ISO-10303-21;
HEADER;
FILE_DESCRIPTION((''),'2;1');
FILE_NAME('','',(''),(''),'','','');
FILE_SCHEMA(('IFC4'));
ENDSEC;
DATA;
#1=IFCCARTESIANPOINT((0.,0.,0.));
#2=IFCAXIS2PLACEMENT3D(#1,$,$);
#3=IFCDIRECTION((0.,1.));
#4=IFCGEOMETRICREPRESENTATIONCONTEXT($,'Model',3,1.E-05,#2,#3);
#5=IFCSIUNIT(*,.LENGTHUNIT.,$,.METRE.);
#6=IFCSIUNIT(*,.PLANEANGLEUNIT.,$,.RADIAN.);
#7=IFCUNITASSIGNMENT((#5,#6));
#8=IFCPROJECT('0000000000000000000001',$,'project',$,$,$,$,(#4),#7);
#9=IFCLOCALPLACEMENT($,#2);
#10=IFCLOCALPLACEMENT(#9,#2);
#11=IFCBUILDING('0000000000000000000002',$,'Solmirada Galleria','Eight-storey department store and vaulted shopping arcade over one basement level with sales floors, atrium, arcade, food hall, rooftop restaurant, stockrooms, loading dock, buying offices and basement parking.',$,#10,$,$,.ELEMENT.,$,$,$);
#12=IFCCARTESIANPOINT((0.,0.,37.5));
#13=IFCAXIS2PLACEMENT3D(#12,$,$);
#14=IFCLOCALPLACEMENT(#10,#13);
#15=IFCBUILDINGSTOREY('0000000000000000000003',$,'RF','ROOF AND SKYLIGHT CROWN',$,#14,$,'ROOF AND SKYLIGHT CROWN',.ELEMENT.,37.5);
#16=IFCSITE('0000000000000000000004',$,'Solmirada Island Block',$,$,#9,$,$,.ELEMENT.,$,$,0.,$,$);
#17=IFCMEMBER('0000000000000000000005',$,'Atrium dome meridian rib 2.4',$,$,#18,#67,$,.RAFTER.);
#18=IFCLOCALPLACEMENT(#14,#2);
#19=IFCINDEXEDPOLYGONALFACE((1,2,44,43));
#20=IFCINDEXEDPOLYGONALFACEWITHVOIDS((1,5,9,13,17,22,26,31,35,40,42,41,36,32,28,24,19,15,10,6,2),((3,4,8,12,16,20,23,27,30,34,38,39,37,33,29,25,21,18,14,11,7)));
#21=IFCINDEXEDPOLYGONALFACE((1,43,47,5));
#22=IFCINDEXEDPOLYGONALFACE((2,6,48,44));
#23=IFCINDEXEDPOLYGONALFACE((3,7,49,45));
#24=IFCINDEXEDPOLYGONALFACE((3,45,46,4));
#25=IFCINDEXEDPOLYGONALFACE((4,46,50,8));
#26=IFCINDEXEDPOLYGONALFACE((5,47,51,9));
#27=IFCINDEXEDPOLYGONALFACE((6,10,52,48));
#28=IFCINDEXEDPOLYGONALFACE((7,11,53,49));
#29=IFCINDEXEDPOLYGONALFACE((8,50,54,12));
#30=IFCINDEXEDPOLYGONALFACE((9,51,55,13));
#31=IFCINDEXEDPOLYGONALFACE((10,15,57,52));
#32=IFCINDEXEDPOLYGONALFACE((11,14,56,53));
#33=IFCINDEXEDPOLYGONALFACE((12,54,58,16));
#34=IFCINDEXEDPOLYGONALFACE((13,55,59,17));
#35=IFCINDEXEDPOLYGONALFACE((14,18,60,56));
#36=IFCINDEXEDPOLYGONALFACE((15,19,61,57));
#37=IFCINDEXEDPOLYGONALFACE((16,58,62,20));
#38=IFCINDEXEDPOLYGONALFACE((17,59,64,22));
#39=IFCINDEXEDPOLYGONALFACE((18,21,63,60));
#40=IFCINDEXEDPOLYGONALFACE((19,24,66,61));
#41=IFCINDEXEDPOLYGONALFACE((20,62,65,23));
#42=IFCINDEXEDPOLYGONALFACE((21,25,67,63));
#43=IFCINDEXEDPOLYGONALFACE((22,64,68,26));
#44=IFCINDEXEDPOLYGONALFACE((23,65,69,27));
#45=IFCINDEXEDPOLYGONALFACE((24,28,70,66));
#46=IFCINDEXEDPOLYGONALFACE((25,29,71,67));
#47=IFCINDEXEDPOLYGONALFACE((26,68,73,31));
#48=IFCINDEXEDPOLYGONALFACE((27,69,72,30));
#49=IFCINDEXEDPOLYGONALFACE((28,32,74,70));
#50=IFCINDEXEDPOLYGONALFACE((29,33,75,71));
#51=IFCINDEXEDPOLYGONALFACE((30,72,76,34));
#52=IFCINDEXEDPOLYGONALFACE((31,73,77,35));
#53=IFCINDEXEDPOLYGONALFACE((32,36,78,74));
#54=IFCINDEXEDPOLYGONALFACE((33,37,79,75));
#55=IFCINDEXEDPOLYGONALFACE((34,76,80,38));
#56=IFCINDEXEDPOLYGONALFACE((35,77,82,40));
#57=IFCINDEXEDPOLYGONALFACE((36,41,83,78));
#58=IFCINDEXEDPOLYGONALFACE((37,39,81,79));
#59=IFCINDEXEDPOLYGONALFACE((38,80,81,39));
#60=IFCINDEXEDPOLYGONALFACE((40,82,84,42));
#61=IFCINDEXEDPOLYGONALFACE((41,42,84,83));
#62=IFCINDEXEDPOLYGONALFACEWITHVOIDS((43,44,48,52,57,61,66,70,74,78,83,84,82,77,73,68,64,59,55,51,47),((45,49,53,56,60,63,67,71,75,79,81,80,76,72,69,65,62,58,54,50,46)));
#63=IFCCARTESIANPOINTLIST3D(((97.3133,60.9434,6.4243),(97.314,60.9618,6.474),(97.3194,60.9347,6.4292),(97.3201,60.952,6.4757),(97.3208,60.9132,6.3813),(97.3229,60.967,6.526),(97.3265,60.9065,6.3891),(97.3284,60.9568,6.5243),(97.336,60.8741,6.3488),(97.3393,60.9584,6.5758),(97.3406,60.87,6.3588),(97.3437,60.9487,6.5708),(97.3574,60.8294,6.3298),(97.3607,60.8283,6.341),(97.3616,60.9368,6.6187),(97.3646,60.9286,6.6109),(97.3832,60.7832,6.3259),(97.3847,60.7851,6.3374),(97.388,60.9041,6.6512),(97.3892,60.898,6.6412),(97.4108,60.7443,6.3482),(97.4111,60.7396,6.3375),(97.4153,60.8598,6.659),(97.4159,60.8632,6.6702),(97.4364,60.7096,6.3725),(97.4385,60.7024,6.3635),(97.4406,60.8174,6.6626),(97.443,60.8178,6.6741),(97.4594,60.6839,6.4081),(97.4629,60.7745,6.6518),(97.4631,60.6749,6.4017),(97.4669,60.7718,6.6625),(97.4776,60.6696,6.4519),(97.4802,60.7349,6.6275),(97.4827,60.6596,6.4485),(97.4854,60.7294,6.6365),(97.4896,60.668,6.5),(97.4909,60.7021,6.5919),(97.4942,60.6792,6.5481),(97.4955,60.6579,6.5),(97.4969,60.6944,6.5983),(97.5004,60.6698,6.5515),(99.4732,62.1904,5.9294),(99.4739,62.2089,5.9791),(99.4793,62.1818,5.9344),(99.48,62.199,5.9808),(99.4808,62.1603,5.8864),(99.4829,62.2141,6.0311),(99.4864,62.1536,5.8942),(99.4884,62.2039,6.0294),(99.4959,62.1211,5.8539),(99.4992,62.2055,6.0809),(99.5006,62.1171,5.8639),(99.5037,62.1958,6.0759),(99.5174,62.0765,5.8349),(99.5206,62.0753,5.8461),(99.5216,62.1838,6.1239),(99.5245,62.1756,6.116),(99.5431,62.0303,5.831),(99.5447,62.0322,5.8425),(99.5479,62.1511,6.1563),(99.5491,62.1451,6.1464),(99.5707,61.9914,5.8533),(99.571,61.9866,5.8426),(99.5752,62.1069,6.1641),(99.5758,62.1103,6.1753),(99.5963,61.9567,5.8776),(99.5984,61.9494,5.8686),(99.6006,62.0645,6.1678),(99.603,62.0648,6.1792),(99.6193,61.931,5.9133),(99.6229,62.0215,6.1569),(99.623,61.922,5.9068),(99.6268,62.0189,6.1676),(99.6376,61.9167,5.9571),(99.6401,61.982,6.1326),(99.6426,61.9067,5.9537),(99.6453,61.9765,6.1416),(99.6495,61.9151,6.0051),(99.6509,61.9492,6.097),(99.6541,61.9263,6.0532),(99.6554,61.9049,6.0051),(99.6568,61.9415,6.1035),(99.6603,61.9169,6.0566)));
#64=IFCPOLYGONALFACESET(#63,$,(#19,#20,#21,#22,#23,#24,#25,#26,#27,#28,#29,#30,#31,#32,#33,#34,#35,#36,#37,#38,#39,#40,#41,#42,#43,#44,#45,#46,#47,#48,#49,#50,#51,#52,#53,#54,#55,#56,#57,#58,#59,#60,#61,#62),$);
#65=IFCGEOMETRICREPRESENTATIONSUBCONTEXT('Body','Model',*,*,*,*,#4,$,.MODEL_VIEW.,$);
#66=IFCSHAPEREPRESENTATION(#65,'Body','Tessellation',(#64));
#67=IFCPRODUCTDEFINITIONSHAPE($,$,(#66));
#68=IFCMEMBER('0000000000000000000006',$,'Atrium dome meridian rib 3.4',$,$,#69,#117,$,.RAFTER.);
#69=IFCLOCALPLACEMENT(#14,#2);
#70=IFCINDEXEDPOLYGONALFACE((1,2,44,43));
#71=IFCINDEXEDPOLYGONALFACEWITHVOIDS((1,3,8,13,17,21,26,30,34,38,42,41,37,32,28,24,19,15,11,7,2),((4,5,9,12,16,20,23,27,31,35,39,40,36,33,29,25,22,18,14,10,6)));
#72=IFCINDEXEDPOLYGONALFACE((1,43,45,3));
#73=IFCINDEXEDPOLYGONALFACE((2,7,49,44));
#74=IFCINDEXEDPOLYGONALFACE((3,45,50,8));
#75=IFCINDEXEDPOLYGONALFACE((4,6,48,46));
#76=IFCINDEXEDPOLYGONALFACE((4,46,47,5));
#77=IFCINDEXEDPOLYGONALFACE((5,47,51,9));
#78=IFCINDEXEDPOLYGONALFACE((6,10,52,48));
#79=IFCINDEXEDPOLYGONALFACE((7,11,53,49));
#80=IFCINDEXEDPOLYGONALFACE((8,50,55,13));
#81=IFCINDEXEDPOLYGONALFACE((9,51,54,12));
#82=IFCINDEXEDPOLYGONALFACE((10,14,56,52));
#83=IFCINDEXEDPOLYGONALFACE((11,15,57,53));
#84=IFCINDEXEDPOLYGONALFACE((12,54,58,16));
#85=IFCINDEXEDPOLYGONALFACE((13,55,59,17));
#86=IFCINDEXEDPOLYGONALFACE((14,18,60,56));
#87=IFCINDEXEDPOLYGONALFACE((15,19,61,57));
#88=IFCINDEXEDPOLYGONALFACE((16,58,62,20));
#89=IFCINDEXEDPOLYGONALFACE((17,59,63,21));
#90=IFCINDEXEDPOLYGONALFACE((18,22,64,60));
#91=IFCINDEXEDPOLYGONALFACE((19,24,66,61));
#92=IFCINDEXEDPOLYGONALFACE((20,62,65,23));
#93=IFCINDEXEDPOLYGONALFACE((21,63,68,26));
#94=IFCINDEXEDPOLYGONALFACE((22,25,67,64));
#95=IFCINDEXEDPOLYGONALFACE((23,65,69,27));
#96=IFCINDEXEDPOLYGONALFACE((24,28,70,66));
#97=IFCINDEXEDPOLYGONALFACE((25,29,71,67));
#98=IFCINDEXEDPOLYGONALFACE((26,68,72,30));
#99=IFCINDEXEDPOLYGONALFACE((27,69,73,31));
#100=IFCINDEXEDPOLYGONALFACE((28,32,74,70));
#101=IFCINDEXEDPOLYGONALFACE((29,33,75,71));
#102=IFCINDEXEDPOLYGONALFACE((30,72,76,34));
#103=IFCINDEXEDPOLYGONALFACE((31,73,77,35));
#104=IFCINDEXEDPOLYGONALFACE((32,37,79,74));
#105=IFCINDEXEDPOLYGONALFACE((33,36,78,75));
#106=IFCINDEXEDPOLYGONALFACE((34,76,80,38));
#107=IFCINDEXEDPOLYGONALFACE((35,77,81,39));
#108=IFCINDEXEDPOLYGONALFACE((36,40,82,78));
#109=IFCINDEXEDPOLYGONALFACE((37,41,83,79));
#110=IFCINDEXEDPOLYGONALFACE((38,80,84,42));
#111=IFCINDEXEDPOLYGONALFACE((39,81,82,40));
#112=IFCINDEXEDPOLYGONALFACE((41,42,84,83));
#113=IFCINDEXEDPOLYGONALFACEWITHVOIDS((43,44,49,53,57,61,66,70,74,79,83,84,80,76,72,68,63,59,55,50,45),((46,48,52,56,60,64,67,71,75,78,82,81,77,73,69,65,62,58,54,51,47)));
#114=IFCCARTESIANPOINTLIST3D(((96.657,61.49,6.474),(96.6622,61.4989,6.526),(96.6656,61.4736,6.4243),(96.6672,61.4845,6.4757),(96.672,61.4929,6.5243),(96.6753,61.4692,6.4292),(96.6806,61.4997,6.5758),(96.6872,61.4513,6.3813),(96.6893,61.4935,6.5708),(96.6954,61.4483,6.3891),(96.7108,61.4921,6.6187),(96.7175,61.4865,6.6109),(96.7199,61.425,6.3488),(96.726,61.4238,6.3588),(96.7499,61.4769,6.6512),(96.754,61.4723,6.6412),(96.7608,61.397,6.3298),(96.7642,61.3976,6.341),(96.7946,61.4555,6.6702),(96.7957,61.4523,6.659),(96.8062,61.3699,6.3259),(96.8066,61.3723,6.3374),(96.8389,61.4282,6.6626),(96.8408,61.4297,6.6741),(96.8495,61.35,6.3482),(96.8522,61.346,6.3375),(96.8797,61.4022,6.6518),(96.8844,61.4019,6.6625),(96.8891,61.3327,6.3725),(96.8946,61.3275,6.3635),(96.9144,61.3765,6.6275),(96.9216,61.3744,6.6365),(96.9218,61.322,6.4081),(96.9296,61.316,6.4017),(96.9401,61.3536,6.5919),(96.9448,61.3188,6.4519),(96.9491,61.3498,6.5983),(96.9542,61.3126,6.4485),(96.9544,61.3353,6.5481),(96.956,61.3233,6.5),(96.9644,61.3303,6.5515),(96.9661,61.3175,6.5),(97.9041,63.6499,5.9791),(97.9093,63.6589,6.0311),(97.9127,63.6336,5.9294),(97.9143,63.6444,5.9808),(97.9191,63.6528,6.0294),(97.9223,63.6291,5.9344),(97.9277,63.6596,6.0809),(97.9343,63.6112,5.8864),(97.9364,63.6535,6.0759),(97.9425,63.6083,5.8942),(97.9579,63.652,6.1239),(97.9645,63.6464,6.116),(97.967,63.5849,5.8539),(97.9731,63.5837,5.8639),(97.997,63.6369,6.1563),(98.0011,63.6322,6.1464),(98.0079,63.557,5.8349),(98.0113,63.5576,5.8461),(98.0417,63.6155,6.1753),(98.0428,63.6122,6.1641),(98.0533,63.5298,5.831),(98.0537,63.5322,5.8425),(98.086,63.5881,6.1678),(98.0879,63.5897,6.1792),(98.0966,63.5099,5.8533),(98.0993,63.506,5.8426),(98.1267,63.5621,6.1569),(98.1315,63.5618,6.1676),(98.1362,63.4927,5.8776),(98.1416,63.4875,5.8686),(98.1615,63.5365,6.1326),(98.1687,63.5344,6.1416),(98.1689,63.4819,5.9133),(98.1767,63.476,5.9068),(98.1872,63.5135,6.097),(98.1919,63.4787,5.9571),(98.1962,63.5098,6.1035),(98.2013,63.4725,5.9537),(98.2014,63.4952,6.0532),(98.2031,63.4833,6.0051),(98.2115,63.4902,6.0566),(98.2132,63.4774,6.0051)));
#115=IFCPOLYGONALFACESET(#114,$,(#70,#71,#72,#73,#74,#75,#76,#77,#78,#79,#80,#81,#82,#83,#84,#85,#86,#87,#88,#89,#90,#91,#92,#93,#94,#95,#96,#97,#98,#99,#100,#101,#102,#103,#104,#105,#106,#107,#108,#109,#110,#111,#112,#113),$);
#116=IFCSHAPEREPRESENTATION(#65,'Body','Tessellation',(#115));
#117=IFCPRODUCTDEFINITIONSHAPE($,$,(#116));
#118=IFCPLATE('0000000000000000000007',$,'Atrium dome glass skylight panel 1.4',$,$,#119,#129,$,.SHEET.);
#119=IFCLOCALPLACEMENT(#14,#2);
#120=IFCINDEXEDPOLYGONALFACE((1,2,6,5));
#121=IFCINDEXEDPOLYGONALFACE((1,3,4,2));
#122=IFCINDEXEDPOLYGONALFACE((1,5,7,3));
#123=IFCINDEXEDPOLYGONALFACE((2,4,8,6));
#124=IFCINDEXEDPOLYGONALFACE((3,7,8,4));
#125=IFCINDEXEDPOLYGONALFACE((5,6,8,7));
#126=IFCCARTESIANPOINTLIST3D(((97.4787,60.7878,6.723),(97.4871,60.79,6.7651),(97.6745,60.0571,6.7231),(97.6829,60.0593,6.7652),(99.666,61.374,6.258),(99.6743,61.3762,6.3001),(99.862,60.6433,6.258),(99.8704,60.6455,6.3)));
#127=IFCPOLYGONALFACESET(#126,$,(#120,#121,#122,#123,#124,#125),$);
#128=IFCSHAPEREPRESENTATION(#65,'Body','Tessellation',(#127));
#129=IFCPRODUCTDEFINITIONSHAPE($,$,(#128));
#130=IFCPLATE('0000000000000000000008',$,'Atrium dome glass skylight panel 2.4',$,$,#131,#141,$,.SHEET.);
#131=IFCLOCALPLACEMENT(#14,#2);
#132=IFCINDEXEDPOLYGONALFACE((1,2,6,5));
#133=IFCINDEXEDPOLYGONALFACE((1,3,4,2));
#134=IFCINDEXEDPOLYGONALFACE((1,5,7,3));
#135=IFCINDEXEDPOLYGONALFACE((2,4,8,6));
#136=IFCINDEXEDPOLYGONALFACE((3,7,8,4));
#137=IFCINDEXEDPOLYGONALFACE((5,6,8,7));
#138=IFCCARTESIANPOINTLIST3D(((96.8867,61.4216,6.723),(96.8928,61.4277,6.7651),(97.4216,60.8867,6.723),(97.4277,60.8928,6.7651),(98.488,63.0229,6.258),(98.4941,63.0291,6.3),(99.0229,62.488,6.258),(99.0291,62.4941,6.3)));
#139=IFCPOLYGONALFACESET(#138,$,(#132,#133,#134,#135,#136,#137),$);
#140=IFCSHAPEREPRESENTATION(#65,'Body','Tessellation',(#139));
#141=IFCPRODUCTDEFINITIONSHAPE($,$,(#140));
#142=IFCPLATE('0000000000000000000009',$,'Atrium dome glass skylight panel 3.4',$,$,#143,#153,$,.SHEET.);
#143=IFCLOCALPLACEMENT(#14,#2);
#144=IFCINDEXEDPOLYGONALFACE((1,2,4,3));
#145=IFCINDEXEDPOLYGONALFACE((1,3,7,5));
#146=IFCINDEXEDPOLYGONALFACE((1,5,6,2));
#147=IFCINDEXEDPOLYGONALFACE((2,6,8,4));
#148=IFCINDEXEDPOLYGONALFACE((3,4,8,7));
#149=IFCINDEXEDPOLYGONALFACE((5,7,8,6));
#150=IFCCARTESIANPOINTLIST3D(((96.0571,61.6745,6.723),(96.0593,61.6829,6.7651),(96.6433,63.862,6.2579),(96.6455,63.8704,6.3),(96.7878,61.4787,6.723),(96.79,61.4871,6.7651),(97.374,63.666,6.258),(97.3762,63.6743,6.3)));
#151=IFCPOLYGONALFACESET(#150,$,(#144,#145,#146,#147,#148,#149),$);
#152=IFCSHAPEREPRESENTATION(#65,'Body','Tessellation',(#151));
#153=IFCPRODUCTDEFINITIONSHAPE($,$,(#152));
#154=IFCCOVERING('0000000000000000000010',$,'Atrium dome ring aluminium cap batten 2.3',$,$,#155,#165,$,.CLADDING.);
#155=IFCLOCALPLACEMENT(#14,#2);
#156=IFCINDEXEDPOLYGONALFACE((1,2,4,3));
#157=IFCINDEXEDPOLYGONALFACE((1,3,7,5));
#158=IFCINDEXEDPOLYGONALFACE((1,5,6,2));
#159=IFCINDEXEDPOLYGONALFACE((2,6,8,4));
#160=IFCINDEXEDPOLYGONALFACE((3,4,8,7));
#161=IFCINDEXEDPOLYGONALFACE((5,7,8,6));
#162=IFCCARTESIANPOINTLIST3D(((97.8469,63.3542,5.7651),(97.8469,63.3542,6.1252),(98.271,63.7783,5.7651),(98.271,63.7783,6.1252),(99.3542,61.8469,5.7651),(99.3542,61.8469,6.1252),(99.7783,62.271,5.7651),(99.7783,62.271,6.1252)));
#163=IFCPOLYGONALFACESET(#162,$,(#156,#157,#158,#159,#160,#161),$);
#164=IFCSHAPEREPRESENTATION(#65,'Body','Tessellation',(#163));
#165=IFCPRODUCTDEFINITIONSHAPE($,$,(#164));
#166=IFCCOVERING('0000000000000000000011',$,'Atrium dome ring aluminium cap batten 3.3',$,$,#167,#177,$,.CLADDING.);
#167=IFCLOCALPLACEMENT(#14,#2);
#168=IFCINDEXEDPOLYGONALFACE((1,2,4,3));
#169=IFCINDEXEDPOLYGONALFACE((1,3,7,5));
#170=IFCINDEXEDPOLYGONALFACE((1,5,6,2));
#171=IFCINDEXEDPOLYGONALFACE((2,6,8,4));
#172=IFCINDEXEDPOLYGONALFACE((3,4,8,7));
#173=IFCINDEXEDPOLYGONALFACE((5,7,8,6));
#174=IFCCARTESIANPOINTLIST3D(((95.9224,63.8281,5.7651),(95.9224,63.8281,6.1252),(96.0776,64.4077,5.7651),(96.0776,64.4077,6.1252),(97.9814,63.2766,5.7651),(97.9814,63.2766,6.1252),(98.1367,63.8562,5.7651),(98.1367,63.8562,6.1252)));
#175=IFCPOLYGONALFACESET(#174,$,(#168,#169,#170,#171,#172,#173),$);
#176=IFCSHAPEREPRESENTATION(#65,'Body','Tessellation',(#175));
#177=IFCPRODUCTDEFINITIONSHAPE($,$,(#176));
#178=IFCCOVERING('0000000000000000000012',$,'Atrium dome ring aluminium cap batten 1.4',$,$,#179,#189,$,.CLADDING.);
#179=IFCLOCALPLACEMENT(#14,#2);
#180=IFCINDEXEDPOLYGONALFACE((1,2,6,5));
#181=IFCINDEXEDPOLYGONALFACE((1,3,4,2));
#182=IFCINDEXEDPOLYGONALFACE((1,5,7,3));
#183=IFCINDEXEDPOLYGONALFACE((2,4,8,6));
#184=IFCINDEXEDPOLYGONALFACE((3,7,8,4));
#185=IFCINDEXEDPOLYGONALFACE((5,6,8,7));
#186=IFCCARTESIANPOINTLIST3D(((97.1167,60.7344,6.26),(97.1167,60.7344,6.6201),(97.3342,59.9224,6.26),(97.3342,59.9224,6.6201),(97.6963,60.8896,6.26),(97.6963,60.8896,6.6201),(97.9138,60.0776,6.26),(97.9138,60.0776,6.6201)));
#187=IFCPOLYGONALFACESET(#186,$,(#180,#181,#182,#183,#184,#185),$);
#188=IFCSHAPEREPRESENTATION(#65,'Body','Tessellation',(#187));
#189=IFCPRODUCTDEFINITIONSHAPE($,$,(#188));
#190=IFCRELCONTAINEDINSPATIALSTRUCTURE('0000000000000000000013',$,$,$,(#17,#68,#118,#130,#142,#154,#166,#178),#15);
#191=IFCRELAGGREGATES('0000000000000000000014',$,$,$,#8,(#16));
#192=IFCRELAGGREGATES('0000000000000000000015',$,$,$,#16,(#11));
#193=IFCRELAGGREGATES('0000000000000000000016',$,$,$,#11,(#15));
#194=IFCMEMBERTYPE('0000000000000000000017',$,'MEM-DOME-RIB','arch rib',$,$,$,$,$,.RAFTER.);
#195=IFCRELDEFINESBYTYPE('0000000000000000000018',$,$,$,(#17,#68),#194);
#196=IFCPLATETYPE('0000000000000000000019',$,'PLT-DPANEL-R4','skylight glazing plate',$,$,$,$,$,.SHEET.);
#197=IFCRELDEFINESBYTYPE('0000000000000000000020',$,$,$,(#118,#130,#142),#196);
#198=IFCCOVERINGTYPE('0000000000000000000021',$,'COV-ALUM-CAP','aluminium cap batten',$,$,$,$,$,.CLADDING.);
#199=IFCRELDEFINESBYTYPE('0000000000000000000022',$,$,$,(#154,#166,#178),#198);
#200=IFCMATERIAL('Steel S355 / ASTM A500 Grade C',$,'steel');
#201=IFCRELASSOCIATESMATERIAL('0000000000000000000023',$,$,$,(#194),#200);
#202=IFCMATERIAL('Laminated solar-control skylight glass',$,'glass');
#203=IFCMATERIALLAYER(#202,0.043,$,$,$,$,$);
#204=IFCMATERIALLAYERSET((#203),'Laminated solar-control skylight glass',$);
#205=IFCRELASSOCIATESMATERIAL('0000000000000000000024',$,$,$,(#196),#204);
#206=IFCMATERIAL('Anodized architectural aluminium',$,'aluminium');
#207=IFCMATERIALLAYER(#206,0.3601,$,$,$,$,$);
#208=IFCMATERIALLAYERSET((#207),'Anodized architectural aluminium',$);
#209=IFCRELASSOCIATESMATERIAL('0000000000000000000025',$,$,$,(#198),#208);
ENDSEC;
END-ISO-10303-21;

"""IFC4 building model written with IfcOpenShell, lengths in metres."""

from ifc_helpers import new_model, si_unit, direction, frame, origin, origin_2d, place, context, subcontext, project, spatial, polyline, hollow_circle, outline, extrude, material, layer, layer_set, material_profile, profile_set, type_object, element, save


model = new_model("IFC4")

# Units and contexts
model_context = context("Model", 3, precision=1e-05, world=origin(), true_north=direction((0.0, 1.0)))
body_context = subcontext(model_context, "Body", "Model", "MODEL_VIEW")
ifc_project = project(units=[si_unit("LENGTHUNIT", "METRE"), si_unit("PLANEANGLEUNIT", "RADIAN")], contexts=[model_context])

# Site, building, storey
site_placement = place(None, origin())
site = spatial("IfcSite", under=ifc_project, at=site_placement, Name="Solmirada Island Block", CompositionType="ELEMENT", RefElevation=0.0)
building_placement = place(site_placement, origin())
building = spatial("IfcBuilding", under=site, at=building_placement, Name="Solmirada Galleria", Description="Eight-storey department store and vaulted shopping arcade over one basement level with sales floors, atrium, arcade, food hall, rooftop restaurant, stockrooms, loading dock, buying offices and basement parking.", CompositionType="ELEMENT")
storey_placement = place(building_placement, frame((0.0, 0.0, 37.5)))
storey = spatial("IfcBuildingStorey", under=building, at=storey_placement, Name="RF", Description="ROOF AND SKYLIGHT CROWN", LongName="ROOF AND SKYLIGHT CROWN", CompositionType="ELEMENT", Elevation=37.5)

# Members
ifc_material_1 = material(Name="Steel S355 / ASTM A500 Grade C", Category="steel")
ifc_material_profile_1 = material_profile(ifc_material_1, hollow_circle(Radius=0.178, WallThickness=0.0117, at=origin_2d()), Name="HSS14.000X0.500")
ifc_profile_set_1 = profile_set([ifc_material_profile_1], Name="Steel S355 / ASTM A500 Grade C")
member_type_1 = type_object("IfcMemberType", Name="MEM-DOME-RIB", Description="arch rib", PredefinedType="RAFTER", material=ifc_profile_set_1)
for number, where, z_axis, x_axis, name in (
    (1, (99.5664, 62.0591, 6.0051), (-0.849457, -0.490452, 0.194625), (0.500013, -0.866018, 0.0), "Atrium dome meridian rib 2.4"),
    (2, (98.0591, 63.5664, 6.0051), (-0.490452, -0.849457, 0.194625), (0.866018, -0.500013, 0.0), "Atrium dome meridian rib 3.4"),
):
    element("IfcMember", number, at=place(storey_placement, frame(where, z_axis=z_axis, x_axis=x_axis)), inside=storey, type_object=member_type_1, Name=name, PredefinedType="RAFTER", context=body_context, shape_type="SweptSolid", body=[
        extrude(hollow_circle(Radius=0.178, WallThickness=0.0117, at=origin_2d()), origin(), (0.0, 0.0, 1.0), 2.5427),
    ])

# Plates
ifc_material_2 = material(Name="Laminated solar-control skylight glass", Category="glass")
ifc_layer_1 = layer(ifc_material_2, 0.043)
ifc_layer_set_1 = layer_set([ifc_layer_1], Name="Laminated solar-control skylight glass")
plate_type = type_object("IfcPlateType", Name="PLT-DPANEL-R4", Description="skylight glazing plate", PredefinedType="SHEET", material=ifc_layer_set_1)
plate_1_placement = place(storey_placement, frame((99.8704, 60.6455, 6.3), z_axis=(0.194314, 0.052101, 0.979555), x_axis=(-0.259122, 0.965844, 0.000031)))
element("IfcPlate", 3, at=plate_1_placement, inside=storey, type_object=plate_type, Name="Atrium dome glass skylight panel 1.4", PredefinedType="SHEET", context=body_context, shape_type="SweptSolid", body=[
    extrude(outline(polyline([(0.0, 0.0), (0.7566, 0.0), (0.7572, 2.3117), (0.0007, 2.3119), (0.0, 0.0)])), origin(), (0.0, 0.0, -1.0), 0.043),
])
plate_2_placement = place(storey_placement, frame((99.0291, 62.4941, 6.3), z_axis=(0.142251, 0.142251, 0.979556), x_axis=(-0.707107, 0.707107, 0.0)))
element("IfcPlate", 4, at=plate_2_placement, inside=storey, type_object=plate_type, Name="Atrium dome glass skylight panel 2.4", PredefinedType="SHEET", context=body_context, shape_type="SweptSolid", body=[
    extrude(outline(polyline([(0.0, 0.0), (0.7565, 0.0), (0.7565, 2.3119), (0.0, 2.3119), (0.0, 0.0)])), origin(), (0.0, 0.0, -1.0), 0.043),
])
plate_3_placement = place(storey_placement, frame((97.3762, 63.6743, 6.3), z_axis=(0.052101, 0.194314, 0.979555), x_axis=(-0.965844, 0.259122, -0.000031)))
element("IfcPlate", 5, at=plate_3_placement, inside=storey, type_object=plate_type, Name="Atrium dome glass skylight panel 3.4", PredefinedType="SHEET", context=body_context, shape_type="SweptSolid", body=[
    extrude(outline(polyline([(0.0, 0.0), (0.7566, 0.0), (0.7559, 2.3119), (-0.0006, 2.3117), (0.0, 0.0)])), origin(), (0.0, 0.0, -1.0), 0.043),
])

# Coverings
ifc_material_3 = material(Name="Anodized architectural aluminium", Category="aluminium")
ifc_layer_2 = layer(ifc_material_3, 0.3601)
ifc_layer_set_2 = layer_set([ifc_layer_2], Name="Anodized architectural aluminium")
covering_type = type_object("IfcCoveringType", Name="COV-ALUM-CAP", Description="aluminium cap batten", PredefinedType="CLADDING", material=ifc_layer_set_2)
covering_1_placement = place(storey_placement, frame((99.7783, 62.271, 6.1252), z_axis=(0.0, 0.0, 1.0), x_axis=(-0.707107, -0.707107, 0.0)))
element("IfcCovering", 6, at=covering_1_placement, inside=storey, type_object=covering_type, Name="Atrium dome ring aluminium cap batten 2.3", PredefinedType="CLADDING", context=body_context, shape_type="SweptSolid", body=[
    extrude(outline(polyline([(0.0, 0.0), (0.5997, 0.0), (0.5997, -2.1317), (0.0, -2.1317), (0.0, 0.0)])), origin(), (0.0, 0.0, -1.0), 0.3601),
])
covering_2_placement = place(storey_placement, frame((98.1367, 63.8562, 6.1252), z_axis=(0.0, 0.0, 1.0), x_axis=(-0.258777, -0.965937, 0.0)))
element("IfcCovering", 7, at=covering_2_placement, inside=storey, type_object=covering_type, Name="Atrium dome ring aluminium cap batten 3.3", PredefinedType="CLADDING", context=body_context, shape_type="SweptSolid", body=[
    extrude(outline(polyline([(0.0, 0.0), (0.6, 0.0), (0.6001, -2.1317), (0.0001, -2.1317), (0.0, 0.0)])), origin(), (0.0, 0.0, -1.0), 0.3601),
])
covering_3_placement = place(storey_placement, frame((97.9138, 60.0776, 6.6201), z_axis=(0.0, 0.0, 1.0), x_axis=(-0.965937, -0.258777, 0.0)))
element("IfcCovering", 8, at=covering_3_placement, inside=storey, type_object=covering_type, Name="Atrium dome ring aluminium cap batten 1.4", PredefinedType="CLADDING", context=body_context, shape_type="SweptSolid", body=[
    extrude(outline(polyline([(0.0, 0.0), (0.6, 0.0), (0.6, -0.8406), (0.0, -0.8406), (0.0, 0.0)])), origin(), (0.0, 0.0, -1.0), 0.3601),
])

save(model, "model.ifc")
